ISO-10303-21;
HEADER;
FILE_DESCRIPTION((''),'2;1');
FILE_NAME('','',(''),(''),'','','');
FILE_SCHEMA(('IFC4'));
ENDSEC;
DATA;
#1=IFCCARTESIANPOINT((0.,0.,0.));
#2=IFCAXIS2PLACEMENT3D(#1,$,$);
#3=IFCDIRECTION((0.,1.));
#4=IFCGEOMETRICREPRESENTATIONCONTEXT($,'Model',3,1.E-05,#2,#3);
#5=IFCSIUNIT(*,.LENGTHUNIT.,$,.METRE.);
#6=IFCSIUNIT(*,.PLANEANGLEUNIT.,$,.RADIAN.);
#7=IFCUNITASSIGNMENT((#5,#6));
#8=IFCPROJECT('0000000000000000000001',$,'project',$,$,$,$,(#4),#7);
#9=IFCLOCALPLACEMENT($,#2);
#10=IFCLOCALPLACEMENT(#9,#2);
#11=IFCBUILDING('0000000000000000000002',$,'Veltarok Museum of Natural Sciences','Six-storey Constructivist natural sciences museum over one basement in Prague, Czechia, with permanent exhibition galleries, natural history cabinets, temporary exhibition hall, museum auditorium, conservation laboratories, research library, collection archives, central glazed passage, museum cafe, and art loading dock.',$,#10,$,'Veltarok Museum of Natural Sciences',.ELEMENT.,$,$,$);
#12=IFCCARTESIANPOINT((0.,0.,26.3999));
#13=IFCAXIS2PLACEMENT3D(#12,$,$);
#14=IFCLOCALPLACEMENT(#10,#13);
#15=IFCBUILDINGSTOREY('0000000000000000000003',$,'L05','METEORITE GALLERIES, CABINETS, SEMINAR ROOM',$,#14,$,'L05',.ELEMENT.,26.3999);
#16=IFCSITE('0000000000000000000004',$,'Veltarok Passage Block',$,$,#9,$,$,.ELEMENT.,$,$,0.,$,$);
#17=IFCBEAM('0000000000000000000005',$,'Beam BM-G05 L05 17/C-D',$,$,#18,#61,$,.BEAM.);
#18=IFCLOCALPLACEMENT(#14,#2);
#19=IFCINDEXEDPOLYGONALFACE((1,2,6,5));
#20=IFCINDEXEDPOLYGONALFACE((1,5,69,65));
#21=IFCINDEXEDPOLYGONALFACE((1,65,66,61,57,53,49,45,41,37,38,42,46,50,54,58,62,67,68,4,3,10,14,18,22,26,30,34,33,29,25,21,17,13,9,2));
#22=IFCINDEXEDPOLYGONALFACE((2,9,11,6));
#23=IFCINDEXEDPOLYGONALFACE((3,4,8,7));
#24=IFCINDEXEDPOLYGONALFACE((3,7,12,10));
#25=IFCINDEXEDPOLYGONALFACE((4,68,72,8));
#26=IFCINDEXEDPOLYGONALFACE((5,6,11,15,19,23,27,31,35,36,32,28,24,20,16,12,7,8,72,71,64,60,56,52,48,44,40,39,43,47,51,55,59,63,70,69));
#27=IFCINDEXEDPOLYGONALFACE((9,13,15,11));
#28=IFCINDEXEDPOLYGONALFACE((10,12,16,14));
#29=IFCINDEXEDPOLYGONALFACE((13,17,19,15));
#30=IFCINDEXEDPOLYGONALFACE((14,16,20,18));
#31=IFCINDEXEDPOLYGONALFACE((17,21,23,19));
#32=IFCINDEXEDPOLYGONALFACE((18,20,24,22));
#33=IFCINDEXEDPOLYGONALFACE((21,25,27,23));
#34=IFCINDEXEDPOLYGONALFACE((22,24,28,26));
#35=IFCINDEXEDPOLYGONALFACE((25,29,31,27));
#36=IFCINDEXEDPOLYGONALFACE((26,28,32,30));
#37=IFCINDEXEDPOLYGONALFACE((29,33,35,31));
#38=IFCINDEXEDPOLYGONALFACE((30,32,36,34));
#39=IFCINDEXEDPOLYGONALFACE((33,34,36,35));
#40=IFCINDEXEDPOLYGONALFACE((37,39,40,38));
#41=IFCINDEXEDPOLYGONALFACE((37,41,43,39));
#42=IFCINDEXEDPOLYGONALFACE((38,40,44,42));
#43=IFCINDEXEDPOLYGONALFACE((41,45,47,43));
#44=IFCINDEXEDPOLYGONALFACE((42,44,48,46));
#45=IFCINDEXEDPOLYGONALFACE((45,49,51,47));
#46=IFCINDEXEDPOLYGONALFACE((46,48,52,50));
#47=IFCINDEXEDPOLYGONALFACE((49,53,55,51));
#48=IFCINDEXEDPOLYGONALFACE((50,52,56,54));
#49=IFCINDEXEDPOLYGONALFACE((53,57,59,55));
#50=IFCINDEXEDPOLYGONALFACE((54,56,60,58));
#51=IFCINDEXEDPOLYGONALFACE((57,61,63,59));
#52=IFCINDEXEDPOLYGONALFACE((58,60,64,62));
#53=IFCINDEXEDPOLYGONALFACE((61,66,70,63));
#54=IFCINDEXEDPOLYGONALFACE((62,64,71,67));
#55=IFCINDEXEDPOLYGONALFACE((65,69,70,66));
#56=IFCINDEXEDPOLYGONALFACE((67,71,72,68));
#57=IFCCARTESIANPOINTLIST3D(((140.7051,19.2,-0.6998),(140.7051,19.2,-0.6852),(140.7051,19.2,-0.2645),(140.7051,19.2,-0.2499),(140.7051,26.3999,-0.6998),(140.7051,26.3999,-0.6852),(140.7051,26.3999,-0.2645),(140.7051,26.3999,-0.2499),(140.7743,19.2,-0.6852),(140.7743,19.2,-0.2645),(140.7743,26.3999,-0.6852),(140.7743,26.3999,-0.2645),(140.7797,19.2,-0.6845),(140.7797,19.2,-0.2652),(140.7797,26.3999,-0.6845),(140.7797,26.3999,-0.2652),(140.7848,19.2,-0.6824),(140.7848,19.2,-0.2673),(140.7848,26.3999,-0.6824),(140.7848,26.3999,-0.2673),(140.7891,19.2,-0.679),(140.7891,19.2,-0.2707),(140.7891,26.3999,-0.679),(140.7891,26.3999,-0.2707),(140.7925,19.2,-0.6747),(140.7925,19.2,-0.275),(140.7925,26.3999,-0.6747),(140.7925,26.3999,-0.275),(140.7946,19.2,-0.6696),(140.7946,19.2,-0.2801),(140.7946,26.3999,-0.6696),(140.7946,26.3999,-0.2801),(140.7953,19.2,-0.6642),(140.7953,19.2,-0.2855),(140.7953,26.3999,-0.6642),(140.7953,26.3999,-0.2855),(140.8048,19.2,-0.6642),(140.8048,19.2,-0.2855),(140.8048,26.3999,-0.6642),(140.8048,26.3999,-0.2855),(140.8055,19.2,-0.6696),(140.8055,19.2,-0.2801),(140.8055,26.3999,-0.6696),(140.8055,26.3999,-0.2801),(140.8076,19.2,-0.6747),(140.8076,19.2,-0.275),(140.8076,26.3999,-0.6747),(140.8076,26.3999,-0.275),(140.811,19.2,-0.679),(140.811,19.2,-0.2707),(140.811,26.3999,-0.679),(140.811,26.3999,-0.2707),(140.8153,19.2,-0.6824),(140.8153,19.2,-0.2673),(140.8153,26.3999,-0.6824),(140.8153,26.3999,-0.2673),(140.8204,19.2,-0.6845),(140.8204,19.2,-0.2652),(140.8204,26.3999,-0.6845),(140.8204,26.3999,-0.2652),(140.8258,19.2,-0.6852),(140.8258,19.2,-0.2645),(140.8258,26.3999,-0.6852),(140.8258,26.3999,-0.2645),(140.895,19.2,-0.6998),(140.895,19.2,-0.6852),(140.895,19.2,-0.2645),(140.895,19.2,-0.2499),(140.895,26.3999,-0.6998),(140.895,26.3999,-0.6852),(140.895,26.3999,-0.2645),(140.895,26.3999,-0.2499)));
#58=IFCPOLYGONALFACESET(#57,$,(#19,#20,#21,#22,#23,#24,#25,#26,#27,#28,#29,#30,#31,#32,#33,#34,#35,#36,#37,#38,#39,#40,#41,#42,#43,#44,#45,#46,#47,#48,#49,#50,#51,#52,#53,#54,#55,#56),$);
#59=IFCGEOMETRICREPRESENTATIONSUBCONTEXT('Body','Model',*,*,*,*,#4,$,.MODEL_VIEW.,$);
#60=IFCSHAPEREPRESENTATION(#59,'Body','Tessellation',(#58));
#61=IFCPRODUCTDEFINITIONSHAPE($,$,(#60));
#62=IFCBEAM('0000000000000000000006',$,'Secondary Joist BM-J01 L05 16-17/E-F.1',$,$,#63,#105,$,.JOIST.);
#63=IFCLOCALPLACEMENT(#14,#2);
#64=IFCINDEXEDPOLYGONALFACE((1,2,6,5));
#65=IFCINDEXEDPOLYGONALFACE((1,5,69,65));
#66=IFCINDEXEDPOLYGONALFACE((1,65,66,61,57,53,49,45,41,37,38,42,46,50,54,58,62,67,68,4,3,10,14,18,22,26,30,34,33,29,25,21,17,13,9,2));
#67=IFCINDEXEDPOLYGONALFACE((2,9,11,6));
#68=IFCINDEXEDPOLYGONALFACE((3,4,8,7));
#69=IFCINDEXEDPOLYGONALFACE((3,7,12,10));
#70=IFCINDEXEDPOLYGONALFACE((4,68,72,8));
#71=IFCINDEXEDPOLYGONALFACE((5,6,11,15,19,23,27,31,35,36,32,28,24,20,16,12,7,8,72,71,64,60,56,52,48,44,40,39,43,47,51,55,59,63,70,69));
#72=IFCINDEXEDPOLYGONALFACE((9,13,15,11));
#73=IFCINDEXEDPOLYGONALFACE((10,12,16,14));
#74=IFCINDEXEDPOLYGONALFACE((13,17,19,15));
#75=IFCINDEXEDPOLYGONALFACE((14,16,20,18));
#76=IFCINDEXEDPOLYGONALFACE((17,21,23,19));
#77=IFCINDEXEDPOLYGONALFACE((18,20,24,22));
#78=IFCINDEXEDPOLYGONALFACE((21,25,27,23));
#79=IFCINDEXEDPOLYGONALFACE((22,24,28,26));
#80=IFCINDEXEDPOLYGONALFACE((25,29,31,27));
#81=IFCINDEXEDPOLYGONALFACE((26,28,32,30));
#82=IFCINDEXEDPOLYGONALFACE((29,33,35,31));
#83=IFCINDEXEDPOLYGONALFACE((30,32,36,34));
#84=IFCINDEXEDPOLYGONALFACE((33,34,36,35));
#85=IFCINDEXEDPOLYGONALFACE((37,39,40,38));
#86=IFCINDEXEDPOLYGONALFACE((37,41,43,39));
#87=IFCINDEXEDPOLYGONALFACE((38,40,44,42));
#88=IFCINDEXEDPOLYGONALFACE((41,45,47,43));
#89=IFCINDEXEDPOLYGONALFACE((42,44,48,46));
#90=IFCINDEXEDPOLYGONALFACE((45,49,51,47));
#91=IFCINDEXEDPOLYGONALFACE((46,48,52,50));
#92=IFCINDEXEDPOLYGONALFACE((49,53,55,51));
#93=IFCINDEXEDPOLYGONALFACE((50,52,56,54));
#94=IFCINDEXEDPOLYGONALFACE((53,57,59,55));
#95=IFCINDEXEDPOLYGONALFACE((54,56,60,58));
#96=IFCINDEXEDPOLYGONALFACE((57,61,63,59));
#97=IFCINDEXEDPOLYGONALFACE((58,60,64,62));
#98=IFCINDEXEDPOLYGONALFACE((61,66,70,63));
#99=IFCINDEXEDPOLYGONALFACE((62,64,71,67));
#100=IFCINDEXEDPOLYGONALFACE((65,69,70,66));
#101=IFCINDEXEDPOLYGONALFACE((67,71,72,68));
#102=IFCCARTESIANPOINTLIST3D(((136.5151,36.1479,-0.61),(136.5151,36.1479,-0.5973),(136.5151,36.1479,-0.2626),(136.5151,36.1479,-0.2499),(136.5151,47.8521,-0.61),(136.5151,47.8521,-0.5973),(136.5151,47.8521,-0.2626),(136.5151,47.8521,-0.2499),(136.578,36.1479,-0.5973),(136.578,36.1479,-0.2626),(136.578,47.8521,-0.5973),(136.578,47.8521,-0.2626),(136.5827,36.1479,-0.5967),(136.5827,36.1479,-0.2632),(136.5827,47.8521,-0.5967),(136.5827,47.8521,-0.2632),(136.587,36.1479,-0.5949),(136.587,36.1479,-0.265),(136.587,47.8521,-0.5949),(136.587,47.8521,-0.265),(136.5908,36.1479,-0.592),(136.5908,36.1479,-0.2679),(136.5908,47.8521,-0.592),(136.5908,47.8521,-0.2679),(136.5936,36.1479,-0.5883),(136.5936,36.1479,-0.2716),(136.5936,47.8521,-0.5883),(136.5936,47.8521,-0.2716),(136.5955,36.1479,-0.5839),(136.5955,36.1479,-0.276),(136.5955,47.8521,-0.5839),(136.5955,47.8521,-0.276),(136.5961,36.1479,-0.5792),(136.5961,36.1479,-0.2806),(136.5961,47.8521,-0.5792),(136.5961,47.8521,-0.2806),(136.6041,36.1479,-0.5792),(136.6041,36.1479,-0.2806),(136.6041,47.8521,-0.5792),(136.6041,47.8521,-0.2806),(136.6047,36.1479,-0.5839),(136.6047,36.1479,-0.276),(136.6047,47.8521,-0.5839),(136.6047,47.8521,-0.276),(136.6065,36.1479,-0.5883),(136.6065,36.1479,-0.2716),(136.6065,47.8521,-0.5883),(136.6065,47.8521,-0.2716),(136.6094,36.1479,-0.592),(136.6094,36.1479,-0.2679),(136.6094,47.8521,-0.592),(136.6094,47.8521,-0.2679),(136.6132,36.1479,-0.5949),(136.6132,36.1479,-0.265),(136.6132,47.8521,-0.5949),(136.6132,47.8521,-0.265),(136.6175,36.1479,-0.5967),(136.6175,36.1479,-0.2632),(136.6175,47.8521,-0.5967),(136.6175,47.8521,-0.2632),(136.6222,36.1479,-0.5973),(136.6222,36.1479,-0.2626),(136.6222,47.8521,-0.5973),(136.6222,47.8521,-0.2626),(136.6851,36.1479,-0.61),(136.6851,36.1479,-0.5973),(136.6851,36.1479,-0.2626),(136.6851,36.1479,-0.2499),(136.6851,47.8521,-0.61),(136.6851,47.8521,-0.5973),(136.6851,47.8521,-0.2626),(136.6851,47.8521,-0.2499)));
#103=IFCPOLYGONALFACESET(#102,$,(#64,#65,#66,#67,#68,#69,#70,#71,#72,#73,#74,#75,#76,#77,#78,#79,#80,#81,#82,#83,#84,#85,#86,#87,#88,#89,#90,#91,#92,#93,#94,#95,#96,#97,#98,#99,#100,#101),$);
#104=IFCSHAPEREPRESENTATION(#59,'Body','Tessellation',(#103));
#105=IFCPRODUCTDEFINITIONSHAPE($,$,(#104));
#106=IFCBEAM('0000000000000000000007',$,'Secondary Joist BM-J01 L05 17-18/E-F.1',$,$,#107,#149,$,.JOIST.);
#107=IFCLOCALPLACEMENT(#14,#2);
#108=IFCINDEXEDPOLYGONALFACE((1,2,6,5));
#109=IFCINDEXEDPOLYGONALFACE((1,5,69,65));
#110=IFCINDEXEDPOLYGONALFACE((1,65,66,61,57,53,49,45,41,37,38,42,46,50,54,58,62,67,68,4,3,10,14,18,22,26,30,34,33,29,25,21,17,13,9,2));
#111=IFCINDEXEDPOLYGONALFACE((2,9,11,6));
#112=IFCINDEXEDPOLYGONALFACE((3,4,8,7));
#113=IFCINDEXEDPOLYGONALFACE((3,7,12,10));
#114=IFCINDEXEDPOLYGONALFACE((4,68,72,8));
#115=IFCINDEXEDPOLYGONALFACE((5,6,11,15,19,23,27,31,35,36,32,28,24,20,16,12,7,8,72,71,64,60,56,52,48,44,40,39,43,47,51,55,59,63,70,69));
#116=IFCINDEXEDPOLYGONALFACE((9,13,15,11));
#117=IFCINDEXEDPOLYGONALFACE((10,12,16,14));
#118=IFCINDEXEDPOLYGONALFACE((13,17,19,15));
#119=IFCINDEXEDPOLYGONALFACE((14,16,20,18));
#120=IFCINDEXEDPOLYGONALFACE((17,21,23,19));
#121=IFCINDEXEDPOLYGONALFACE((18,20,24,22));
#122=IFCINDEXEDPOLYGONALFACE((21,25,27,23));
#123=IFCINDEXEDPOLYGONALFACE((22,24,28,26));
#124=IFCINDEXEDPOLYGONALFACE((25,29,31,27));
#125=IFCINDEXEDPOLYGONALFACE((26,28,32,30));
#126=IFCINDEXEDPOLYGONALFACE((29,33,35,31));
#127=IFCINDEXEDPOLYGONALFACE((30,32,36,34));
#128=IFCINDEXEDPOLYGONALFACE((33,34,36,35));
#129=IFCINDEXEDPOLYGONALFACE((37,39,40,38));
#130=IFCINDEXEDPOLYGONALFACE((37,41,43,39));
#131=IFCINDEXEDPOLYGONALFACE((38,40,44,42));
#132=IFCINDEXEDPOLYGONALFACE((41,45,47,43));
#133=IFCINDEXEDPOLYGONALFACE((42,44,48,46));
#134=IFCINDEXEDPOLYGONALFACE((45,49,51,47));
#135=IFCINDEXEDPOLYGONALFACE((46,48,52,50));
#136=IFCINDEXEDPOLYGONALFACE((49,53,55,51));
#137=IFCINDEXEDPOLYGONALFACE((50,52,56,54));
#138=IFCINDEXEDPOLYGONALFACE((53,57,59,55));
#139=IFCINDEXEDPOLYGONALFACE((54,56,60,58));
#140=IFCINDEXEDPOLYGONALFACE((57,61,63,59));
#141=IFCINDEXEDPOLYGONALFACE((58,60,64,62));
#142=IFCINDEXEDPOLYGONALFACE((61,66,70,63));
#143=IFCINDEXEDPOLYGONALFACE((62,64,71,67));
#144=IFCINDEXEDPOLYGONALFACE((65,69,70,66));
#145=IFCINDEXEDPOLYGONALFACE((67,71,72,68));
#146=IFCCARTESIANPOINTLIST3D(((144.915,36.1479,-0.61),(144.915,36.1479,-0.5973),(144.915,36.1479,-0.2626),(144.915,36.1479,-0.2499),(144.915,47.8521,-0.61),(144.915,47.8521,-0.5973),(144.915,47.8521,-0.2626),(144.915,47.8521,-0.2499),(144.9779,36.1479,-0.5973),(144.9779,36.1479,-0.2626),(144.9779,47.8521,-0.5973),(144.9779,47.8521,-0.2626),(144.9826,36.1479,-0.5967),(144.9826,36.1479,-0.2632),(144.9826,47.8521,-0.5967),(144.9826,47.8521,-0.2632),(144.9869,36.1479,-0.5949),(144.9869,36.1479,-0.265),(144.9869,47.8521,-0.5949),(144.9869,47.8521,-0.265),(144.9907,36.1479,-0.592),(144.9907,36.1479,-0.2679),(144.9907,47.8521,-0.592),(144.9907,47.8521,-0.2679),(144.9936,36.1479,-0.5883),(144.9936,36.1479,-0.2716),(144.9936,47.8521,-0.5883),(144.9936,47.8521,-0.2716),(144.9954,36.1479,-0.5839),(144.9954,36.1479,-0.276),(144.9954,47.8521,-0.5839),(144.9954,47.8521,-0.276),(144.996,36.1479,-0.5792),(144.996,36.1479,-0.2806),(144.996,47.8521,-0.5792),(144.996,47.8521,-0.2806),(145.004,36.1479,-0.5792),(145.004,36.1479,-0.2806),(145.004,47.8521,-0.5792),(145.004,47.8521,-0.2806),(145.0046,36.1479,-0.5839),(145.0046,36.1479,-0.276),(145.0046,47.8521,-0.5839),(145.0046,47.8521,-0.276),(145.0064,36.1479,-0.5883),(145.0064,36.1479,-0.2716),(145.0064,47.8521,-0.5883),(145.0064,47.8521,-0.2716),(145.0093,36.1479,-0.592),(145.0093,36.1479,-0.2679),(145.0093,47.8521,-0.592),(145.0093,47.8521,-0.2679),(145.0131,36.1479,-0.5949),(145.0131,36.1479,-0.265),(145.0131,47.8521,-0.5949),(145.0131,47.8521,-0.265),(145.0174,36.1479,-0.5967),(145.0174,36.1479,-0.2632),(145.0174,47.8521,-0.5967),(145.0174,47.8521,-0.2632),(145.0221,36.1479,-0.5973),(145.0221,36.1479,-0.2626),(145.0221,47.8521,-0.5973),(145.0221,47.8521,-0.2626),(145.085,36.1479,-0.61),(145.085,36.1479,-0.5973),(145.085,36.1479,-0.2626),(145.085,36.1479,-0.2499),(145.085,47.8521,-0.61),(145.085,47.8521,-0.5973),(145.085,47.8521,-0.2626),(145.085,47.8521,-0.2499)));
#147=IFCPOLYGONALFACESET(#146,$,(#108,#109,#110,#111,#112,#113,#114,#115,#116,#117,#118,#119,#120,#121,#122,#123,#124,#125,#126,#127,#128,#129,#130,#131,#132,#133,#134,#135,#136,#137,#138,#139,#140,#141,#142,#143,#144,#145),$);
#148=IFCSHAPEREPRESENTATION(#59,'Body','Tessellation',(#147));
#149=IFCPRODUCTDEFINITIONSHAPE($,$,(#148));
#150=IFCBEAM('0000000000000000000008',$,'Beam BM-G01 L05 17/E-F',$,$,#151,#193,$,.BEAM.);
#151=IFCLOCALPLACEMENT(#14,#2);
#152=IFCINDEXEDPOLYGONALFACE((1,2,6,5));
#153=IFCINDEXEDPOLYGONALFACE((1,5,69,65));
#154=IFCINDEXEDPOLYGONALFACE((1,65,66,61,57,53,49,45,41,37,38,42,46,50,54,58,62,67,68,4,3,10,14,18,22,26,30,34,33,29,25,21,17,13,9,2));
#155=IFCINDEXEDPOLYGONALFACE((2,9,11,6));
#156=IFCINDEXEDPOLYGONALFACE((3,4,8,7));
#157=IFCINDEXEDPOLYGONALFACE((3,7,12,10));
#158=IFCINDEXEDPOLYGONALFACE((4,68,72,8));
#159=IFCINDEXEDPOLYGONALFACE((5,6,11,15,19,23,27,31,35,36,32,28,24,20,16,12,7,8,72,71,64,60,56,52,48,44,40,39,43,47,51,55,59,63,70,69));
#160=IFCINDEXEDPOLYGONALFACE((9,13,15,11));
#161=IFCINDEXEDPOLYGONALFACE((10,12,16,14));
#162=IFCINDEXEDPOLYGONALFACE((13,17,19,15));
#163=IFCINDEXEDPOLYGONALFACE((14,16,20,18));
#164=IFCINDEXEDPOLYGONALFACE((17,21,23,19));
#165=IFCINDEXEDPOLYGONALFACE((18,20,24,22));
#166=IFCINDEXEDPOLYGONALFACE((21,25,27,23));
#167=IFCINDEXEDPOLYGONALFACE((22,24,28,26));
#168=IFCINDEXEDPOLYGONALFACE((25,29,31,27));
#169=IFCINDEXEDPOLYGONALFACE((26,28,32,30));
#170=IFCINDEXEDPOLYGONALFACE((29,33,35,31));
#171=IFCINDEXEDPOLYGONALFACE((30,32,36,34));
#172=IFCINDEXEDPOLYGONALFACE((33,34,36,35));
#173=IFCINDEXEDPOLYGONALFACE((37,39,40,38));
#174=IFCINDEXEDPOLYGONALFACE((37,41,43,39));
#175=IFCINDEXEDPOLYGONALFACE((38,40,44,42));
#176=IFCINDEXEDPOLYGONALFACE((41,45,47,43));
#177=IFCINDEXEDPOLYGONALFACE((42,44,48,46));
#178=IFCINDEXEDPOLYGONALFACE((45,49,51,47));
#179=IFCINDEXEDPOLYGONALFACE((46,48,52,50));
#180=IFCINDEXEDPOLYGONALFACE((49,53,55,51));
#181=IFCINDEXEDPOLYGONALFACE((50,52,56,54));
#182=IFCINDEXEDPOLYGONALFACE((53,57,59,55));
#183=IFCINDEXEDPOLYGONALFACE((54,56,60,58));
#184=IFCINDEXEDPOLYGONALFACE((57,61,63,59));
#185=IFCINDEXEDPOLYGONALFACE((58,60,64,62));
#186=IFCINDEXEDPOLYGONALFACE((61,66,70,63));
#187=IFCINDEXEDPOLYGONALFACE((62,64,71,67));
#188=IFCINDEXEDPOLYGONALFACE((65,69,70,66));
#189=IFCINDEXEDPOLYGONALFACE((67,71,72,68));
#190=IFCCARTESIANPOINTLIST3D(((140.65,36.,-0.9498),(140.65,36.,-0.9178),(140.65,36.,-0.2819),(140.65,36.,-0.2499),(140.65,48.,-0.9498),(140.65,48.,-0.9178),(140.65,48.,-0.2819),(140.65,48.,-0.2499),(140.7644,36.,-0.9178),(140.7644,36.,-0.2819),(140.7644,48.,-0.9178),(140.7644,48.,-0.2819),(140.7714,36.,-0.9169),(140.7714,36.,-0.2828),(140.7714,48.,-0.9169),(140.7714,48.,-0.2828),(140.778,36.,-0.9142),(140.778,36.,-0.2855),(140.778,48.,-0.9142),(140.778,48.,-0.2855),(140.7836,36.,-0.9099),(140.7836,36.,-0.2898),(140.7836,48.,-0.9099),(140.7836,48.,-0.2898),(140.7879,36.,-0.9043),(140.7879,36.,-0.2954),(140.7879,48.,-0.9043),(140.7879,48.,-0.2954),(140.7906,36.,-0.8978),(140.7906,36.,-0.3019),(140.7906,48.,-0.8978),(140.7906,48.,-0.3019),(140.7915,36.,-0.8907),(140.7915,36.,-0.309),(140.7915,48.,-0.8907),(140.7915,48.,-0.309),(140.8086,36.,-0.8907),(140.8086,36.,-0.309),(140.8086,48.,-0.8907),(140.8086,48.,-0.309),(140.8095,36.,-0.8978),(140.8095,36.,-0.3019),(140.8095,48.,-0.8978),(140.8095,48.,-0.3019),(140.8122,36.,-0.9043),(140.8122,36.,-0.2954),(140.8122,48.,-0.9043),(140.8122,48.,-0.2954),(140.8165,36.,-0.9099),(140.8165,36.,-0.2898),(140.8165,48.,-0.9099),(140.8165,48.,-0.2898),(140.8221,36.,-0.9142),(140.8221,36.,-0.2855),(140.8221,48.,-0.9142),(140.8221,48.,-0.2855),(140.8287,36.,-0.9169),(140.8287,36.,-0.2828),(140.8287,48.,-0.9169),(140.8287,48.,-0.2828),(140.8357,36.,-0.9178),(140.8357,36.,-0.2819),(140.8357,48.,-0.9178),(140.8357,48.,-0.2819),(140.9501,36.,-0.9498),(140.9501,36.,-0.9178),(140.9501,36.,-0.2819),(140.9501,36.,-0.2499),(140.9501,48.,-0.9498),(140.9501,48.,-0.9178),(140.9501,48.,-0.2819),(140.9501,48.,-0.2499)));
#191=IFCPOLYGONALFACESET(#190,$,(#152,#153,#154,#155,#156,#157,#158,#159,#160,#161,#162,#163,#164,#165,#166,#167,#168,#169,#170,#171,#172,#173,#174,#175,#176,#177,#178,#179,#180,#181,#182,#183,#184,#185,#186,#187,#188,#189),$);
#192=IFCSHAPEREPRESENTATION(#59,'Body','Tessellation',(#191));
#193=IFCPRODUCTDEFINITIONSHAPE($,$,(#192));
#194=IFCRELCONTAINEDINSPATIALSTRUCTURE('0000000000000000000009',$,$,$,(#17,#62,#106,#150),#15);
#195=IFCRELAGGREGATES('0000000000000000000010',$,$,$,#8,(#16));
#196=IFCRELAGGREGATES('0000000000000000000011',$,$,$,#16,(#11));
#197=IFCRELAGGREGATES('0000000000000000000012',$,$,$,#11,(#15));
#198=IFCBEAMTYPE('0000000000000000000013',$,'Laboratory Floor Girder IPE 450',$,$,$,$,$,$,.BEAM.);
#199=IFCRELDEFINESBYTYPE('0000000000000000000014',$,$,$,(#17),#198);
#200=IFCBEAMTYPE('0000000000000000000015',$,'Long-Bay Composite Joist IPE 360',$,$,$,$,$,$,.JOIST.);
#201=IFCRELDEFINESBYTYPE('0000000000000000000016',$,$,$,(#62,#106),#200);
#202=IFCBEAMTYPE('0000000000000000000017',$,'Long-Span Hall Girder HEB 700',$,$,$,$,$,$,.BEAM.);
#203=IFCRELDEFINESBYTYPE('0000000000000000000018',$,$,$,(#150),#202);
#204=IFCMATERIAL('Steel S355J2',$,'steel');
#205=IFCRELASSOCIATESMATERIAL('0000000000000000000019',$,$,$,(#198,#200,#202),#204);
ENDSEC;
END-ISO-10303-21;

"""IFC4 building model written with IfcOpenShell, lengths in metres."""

from ifc_helpers import new_model, si_unit, direction, frame, origin, origin_2d, place, context, subcontext, project, spatial, i_section, extrude, material, material_profile, profile_set, type_object, element, save


model = new_model("IFC4")

# Units and contexts
model_context = context("Model", 3, precision=1e-05, world=origin(), true_north=direction((0.0, 1.0)))
body_context = subcontext(model_context, "Body", "Model", "MODEL_VIEW")
ifc_project = project(units=[si_unit("LENGTHUNIT", "METRE"), si_unit("PLANEANGLEUNIT", "RADIAN")], contexts=[model_context])

# Site, building, storey
site_placement = place(None, origin())
site = spatial("IfcSite", under=ifc_project, at=site_placement, Name="Veltarok Passage Block", CompositionType="ELEMENT", RefElevation=0.0)
building_placement = place(site_placement, origin())
building = spatial("IfcBuilding", under=site, at=building_placement, Name="Veltarok Museum of Natural Sciences", Description="Six-storey Constructivist natural sciences museum over one basement in Prague, Czechia, with permanent exhibition galleries, natural history cabinets, temporary exhibition hall, museum auditorium, conservation laboratories, research library, collection archives, central glazed passage, museum cafe, and art loading dock.", LongName="Veltarok Museum of Natural Sciences", CompositionType="ELEMENT")
storey_placement = place(building_placement, frame((0.0, 0.0, 26.3999)))
storey = spatial("IfcBuildingStorey", under=building, at=storey_placement, Name="L05", Description="METEORITE GALLERIES, CABINETS, SEMINAR ROOM", LongName="L05", CompositionType="ELEMENT", Elevation=26.3999)

# Beams
ifc_material_1 = material(Name="Steel S355J2", Category="steel")
ifc_material_profile_1 = material_profile(ifc_material_1, i_section(OverallWidth=0.1899, OverallDepth=0.45, WebThickness=0.0095, FlangeThickness=0.0146, FilletRadius=0.021, at=origin_2d()), Name="IPE 450")
ifc_profile_set_1 = profile_set([ifc_material_profile_1], Name="Steel S355J2")
beam_type_1 = type_object("IfcBeamType", Name="Laboratory Floor Girder IPE 450", PredefinedType="BEAM", material=ifc_profile_set_1)
beam_1_placement = place(storey_placement, frame((140.8, 19.2, -0.4749), z_axis=(0.0, 1.0, 0.0), x_axis=(-1.0, 0.0, 0.0)))
element("IfcBeam", 1, at=beam_1_placement, inside=storey, type_object=beam_type_1, Name="Beam BM-G05 L05 17/C-D", PredefinedType="BEAM", context=body_context, shape_type="SweptSolid", body=[
    extrude(i_section(OverallWidth=0.1899, OverallDepth=0.45, WebThickness=0.0095, FlangeThickness=0.0146, FilletRadius=0.021, at=origin_2d()), origin(), (0.0, 0.0, 1.0), 7.2),
])
ifc_material_profile_2 = material_profile(ifc_material_1, i_section(OverallWidth=0.1699, OverallDepth=0.3601, WebThickness=0.0081, FlangeThickness=0.0127, FilletRadius=0.0181, at=origin_2d()), Name="IPE 360")
ifc_profile_set_2 = profile_set([ifc_material_profile_2], Name="Steel S355J2")
beam_type_2 = type_object("IfcBeamType", Name="Long-Bay Composite Joist IPE 360", PredefinedType="JOIST", material=ifc_profile_set_2)
for number, where, z_axis, x_axis, name in (
    (2, (136.6001, 36.1479, -0.4299), (0.0, 1.0, 0.0), (-1.0, 0.0, 0.0), "Secondary Joist BM-J01 L05 16-17/E-F.1"),
    (3, (145.0, 36.1479, -0.4299), (0.0, 1.0, 0.0), (-1.0, 0.0, 0.0), "Secondary Joist BM-J01 L05 17-18/E-F.1"),
):
    element("IfcBeam", number, at=place(storey_placement, frame(where, z_axis=z_axis, x_axis=x_axis)), inside=storey, type_object=beam_type_2, Name=name, PredefinedType="JOIST", context=body_context, shape_type="SweptSolid", body=[
        extrude(i_section(OverallWidth=0.1699, OverallDepth=0.3601, WebThickness=0.0081, FlangeThickness=0.0127, FilletRadius=0.0181, at=origin_2d()), origin(), (0.0, 0.0, 1.0), 11.7041),
    ])
ifc_material_profile_3 = material_profile(ifc_material_1, i_section(OverallWidth=0.3, OverallDepth=0.7, WebThickness=0.0171, FlangeThickness=0.032, FilletRadius=0.0271, at=origin_2d()), Name="HEB 700")
ifc_profile_set_3 = profile_set([ifc_material_profile_3], Name="Steel S355J2")
beam_type_3 = type_object("IfcBeamType", Name="Long-Span Hall Girder HEB 700", PredefinedType="BEAM", material=ifc_profile_set_3)
beam_2_placement = place(storey_placement, frame((140.8, 36.0, -0.5999), z_axis=(0.0, 1.0, 0.0), x_axis=(-1.0, 0.0, 0.0)))
element("IfcBeam", 4, at=beam_2_placement, inside=storey, type_object=beam_type_3, Name="Beam BM-G01 L05 17/E-F", PredefinedType="BEAM", context=body_context, shape_type="SweptSolid", body=[
    extrude(i_section(OverallWidth=0.3, OverallDepth=0.7, WebThickness=0.0171, FlangeThickness=0.032, FilletRadius=0.0271, at=origin_2d()), origin(), (0.0, 0.0, 1.0), 12.0),
])

save(model, "model.ifc")
